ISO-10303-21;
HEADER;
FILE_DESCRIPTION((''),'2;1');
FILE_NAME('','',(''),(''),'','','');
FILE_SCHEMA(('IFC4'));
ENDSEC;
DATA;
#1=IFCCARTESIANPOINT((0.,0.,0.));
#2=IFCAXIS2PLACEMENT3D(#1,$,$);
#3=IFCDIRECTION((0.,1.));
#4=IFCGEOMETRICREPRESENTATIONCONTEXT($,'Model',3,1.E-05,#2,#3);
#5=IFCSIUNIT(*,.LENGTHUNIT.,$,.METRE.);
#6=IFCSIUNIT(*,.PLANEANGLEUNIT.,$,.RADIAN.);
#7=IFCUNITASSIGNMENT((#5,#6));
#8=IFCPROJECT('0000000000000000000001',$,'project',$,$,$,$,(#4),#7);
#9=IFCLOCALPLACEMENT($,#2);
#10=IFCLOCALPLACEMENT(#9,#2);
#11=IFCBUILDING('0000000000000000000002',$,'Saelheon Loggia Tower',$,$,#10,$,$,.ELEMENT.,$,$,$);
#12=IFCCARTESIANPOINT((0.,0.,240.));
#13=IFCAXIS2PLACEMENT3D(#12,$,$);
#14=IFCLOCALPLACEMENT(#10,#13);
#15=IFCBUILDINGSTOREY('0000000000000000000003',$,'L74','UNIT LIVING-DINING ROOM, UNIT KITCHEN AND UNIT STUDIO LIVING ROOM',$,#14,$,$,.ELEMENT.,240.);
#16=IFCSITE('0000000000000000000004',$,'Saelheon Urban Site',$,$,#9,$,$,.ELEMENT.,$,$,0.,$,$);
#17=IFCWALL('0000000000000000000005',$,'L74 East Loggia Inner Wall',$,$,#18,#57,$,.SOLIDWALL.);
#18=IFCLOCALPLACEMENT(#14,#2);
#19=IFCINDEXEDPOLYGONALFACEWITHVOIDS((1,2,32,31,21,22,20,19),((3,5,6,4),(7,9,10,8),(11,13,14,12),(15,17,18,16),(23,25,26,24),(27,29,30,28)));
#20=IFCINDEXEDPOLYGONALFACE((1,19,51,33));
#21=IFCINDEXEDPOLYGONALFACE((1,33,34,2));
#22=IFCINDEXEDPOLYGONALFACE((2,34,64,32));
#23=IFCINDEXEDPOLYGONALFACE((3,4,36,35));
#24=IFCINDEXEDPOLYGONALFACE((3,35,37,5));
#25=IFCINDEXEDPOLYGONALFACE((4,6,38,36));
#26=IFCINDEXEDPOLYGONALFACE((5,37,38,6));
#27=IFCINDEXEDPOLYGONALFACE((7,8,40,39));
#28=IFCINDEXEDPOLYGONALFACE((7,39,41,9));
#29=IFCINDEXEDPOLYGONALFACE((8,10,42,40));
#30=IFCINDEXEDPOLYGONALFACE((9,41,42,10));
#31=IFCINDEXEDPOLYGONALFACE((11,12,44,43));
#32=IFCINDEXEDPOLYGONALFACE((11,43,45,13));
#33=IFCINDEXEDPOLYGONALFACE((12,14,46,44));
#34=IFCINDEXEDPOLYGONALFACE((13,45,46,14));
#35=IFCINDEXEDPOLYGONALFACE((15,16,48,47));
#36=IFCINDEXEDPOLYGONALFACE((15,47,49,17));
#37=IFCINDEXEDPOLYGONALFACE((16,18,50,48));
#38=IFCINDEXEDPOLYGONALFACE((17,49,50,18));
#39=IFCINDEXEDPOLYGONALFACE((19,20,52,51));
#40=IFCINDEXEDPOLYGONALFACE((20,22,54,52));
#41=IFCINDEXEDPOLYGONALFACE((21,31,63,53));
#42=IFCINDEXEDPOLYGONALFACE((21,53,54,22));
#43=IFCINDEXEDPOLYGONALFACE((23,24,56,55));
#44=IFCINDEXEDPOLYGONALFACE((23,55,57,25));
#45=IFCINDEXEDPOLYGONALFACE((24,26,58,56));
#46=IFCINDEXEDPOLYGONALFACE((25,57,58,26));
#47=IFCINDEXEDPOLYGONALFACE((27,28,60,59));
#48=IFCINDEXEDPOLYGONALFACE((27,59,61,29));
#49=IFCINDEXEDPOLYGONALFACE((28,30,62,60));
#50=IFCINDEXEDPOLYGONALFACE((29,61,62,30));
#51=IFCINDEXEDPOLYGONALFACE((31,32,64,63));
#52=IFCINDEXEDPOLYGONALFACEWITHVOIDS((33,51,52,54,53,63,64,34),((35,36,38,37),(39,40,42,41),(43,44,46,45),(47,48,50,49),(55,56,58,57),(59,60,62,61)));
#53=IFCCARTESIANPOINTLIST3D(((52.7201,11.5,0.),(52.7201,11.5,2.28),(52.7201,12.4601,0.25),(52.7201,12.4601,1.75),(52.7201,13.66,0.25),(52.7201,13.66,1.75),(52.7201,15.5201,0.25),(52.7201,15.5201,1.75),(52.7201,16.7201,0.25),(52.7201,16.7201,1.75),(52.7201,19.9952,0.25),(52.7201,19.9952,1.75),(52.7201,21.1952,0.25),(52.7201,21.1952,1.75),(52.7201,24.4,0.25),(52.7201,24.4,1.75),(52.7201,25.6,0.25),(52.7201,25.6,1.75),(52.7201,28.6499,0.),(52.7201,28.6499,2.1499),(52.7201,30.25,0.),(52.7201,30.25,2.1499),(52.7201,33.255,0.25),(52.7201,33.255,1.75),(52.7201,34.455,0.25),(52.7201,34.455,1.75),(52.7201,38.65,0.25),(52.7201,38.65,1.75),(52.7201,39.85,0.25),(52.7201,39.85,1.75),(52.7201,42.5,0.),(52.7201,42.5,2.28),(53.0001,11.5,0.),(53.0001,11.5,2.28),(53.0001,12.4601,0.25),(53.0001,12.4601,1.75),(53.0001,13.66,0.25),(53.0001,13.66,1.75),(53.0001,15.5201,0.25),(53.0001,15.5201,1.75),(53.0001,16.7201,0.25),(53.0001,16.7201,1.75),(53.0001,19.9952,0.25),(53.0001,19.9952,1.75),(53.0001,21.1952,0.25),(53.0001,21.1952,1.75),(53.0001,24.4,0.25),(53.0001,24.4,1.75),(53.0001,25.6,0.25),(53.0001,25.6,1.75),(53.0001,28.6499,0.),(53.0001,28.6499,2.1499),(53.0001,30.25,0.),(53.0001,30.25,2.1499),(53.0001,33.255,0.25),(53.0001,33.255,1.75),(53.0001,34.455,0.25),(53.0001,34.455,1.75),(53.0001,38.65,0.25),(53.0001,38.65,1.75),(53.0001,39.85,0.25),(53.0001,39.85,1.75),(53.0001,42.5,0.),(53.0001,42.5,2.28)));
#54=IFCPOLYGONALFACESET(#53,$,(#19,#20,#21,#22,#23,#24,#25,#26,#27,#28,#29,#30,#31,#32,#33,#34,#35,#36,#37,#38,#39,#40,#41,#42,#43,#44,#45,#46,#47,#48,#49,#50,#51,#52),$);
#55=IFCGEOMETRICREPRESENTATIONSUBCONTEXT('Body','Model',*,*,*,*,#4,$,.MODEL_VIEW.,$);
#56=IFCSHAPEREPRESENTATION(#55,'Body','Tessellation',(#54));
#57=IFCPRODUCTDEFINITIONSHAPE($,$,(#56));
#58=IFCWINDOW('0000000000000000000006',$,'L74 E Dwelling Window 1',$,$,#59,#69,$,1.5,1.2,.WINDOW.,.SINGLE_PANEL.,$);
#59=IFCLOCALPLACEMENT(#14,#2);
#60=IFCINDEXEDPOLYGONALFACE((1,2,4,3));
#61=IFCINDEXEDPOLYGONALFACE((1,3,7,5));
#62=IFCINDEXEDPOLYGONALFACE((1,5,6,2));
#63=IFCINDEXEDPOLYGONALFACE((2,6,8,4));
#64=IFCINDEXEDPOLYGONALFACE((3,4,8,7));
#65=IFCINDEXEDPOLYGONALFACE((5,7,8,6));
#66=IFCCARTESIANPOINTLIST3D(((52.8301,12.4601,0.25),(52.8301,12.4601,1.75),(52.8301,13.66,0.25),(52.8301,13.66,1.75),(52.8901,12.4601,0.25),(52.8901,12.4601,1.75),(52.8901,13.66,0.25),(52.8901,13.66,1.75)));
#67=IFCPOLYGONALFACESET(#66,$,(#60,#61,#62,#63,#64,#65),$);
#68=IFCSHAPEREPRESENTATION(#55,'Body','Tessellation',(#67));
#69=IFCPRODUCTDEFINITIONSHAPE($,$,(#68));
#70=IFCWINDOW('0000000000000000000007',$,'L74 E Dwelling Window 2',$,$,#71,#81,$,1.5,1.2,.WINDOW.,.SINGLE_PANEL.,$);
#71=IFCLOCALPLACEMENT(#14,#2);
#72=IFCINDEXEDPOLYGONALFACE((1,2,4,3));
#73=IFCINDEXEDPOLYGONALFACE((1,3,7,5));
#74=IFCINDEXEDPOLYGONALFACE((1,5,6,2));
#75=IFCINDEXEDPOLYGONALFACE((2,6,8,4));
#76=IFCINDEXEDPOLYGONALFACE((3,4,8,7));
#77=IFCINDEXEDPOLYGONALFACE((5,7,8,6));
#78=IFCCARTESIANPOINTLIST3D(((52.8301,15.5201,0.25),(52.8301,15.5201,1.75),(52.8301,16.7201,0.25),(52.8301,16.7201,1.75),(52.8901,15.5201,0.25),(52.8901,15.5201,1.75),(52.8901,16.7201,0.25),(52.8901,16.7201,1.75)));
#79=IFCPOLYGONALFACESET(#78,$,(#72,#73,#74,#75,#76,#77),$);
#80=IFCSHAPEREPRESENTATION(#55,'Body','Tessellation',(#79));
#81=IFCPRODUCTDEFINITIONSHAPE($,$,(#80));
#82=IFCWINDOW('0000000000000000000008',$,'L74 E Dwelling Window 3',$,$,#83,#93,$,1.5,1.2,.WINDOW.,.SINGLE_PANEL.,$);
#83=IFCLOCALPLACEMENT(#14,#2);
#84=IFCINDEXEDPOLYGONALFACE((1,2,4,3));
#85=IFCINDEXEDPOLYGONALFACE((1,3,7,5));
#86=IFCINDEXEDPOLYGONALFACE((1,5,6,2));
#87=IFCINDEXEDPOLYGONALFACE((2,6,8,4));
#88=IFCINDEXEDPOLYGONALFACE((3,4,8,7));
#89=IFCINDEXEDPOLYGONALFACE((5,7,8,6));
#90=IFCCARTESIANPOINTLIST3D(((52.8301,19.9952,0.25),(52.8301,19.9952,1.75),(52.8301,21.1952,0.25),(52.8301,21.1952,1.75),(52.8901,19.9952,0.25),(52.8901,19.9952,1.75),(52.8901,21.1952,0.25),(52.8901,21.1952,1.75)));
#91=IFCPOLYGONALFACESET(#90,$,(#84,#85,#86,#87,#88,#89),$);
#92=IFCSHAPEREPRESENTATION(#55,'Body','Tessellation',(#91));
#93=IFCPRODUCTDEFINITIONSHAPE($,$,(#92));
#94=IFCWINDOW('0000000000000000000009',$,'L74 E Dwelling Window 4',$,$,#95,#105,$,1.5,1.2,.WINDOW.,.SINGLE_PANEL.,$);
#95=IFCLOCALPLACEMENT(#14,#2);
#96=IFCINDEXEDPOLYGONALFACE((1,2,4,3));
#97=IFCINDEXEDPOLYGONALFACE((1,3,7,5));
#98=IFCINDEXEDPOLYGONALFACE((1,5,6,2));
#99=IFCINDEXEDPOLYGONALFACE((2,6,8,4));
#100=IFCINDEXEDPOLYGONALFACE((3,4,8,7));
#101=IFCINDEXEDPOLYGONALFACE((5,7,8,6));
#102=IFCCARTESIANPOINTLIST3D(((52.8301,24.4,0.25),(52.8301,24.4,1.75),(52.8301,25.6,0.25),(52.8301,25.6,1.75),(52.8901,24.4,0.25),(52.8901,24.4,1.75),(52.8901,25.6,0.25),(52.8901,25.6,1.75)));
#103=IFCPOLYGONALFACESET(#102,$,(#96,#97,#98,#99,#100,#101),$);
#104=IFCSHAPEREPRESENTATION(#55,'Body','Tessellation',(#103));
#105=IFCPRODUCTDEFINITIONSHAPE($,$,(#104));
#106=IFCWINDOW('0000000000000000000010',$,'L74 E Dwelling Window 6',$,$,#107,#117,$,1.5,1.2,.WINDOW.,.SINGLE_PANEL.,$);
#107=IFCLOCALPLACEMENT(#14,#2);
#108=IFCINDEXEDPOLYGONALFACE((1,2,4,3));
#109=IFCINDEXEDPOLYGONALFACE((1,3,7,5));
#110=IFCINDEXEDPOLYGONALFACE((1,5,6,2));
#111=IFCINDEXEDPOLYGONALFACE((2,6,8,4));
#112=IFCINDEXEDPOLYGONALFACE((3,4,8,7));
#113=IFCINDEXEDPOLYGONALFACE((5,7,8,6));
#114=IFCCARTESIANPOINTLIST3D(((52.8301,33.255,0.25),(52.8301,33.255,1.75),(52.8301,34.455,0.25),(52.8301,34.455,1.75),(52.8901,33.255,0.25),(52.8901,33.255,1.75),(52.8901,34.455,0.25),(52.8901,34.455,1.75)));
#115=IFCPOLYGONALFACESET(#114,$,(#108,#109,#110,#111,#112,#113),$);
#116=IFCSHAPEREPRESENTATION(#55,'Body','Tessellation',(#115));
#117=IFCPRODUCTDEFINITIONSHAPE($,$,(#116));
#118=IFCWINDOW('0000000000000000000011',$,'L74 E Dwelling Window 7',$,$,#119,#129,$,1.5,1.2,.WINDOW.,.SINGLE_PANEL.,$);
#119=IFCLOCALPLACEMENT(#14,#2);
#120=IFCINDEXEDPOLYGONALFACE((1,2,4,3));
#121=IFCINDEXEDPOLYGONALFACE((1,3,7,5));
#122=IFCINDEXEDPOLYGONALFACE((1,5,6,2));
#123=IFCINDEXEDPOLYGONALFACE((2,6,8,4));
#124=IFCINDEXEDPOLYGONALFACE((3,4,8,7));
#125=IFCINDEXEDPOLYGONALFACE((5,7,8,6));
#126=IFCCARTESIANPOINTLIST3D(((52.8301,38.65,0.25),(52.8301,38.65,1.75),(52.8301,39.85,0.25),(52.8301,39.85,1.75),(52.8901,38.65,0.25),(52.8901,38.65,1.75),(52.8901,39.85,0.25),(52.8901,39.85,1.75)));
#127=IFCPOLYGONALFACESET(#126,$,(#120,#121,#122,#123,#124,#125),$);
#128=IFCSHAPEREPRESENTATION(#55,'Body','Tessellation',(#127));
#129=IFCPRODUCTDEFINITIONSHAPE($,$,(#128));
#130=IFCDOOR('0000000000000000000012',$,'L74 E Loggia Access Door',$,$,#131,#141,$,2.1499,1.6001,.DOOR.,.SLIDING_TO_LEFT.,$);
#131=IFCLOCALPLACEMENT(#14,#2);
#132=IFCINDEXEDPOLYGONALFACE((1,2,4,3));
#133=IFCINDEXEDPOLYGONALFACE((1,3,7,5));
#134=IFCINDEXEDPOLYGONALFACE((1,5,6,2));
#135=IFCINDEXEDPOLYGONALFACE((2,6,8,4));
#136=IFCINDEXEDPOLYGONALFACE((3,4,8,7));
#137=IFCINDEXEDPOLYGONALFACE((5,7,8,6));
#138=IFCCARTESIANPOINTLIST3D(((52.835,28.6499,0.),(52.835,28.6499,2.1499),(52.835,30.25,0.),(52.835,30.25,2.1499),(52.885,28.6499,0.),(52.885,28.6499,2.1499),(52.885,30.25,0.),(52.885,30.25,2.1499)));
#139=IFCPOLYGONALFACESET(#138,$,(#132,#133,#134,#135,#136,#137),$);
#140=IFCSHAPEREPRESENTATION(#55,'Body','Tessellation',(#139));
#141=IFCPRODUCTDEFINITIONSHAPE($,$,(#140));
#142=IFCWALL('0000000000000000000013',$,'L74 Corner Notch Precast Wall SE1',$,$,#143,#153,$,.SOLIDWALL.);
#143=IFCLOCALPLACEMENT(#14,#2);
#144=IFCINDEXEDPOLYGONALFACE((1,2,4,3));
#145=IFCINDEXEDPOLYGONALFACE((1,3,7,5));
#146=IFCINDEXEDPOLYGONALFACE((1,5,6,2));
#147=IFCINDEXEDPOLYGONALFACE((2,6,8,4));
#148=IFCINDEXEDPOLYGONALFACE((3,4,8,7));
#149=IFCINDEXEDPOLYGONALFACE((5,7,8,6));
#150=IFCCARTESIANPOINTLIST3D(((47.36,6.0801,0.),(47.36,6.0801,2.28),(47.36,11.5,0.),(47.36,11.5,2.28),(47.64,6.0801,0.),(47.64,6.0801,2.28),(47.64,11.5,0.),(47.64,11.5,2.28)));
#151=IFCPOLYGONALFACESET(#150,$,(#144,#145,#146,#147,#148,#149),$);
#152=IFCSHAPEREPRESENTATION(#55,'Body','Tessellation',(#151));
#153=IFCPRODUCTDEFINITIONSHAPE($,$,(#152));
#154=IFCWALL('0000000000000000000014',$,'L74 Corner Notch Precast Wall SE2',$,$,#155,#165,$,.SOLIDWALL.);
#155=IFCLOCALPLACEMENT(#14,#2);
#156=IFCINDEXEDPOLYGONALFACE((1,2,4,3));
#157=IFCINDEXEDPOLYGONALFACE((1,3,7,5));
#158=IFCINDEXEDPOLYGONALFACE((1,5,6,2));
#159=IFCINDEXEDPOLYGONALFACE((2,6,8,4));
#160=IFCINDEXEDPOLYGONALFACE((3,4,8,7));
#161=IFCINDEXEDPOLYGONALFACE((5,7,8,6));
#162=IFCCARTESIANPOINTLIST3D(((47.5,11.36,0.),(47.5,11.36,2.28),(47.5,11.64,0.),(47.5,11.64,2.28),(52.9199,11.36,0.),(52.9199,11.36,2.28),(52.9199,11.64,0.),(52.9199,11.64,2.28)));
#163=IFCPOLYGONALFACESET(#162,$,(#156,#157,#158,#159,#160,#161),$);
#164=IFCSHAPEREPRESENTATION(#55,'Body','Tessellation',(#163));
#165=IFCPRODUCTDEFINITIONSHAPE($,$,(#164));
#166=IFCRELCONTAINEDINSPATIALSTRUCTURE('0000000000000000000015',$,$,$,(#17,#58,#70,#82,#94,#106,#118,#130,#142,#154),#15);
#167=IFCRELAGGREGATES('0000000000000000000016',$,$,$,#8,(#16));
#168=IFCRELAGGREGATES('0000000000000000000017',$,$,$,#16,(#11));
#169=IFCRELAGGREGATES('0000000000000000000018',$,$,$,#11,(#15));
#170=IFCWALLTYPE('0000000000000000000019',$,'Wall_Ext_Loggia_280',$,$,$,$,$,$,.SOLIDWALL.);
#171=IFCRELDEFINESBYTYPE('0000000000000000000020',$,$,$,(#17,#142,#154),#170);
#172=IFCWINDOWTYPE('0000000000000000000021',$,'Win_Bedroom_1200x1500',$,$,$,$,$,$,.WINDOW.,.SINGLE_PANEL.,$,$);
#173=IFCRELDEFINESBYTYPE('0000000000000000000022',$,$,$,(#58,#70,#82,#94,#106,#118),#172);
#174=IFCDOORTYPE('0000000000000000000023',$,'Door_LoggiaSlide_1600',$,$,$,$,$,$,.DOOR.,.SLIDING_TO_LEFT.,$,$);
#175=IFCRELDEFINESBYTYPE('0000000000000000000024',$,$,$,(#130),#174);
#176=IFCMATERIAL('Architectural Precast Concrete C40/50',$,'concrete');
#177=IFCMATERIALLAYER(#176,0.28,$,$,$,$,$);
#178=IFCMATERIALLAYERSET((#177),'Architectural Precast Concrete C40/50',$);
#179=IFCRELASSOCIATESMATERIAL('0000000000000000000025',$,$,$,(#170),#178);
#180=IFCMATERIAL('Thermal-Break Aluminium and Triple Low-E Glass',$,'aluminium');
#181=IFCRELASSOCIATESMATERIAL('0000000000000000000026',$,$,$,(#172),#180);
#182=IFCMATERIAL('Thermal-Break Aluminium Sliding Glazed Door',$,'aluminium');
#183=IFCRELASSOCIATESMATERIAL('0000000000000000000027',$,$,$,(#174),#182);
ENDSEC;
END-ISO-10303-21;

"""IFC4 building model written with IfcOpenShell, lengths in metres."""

from ifc_helpers import new_model, si_unit, direction, frame, frame_2d, origin, place, context, subcontext, project, spatial, rectangle, extrude, source, transform, mapped, material, layer, layer_set, type_object, element, fill, save


model = new_model("IFC4")

# Units and contexts
model_context = context("Model", 3, precision=1e-05, world=origin(), true_north=direction((0.0, 1.0)))
body_context = subcontext(model_context, "Body", "Model", "MODEL_VIEW")
ifc_project = project(units=[si_unit("LENGTHUNIT", "METRE"), si_unit("PLANEANGLEUNIT", "RADIAN")], contexts=[model_context])

# Site, building, storey
site_placement = place(None, origin())
site = spatial("IfcSite", under=ifc_project, at=site_placement, Name="Saelheon Urban Site", CompositionType="ELEMENT", RefElevation=0.0)
building_placement = place(site_placement, origin())
building = spatial("IfcBuilding", under=site, at=building_placement, Name="Saelheon Loggia Tower", CompositionType="ELEMENT")
storey_placement = place(building_placement, frame((0.0, 0.0, 240.0)))
storey = spatial("IfcBuildingStorey", under=building, at=storey_placement, Name="L74", Description="UNIT LIVING-DINING ROOM, UNIT KITCHEN AND UNIT STUDIO LIVING ROOM", CompositionType="ELEMENT", Elevation=240.0)

# Wall, openings, windows, door
ifc_material_1 = material(Name="Architectural Precast Concrete C40/50", Category="concrete")
ifc_layer_1 = layer(ifc_material_1, 0.28)
ifc_layer_set_1 = layer_set([ifc_layer_1], Name="Architectural Precast Concrete C40/50")
wall_type_1 = type_object("IfcWallType", Name="Wall_Ext_Loggia_280", PredefinedType="SOLIDWALL", material=ifc_layer_set_1)
wall_1_placement = place(storey_placement, frame((52.8601, 11.5, 0.0), z_axis=(0.0, 0.0, 1.0), x_axis=(0.0, 1.0, 0.0)))
wall_1 = element("IfcWall", 1, at=wall_1_placement, inside=storey, type_object=wall_type_1, Name="L74 East Loggia Inner Wall", PredefinedType="SOLIDWALL", context=body_context, shape_type="SweptSolid", body=[
    extrude(rectangle(XDim=31.0, YDim=0.28, at=frame_2d((15.5, 0.0))), origin(), (0.0, 0.0, 1.0), 2.28),
])
opening_1_placement = place(wall_1_placement, frame((0.96, 0.0, 0.25)))
opening_1 = element("IfcOpeningElement", 2, at=opening_1_placement, cuts=wall_1, PredefinedType="OPENING", context=body_context, shape_type="SweptSolid", body=[
    extrude(rectangle(XDim=1.2, YDim=1.5, at=frame_2d((0.6001, 0.75))), frame((0.0, 0.1521, 0.0), z_axis=(0.0, -1.0, 0.0), x_axis=(1.0, 0.0, 0.0)), (0.0, 0.0, 1.0), 0.304),
])
opening_2_placement = place(wall_1_placement, frame((4.02, 0.0, 0.25)))
opening_2 = element("IfcOpeningElement", 3, at=opening_2_placement, cuts=wall_1, PredefinedType="OPENING", context=body_context, shape_type="SweptSolid", body=[
    extrude(rectangle(XDim=1.2, YDim=1.5, at=frame_2d((0.6001, 0.75))), frame((0.0, 0.1521, 0.0), z_axis=(0.0, -1.0, 0.0), x_axis=(1.0, 0.0, 0.0)), (0.0, 0.0, 1.0), 0.304),
])
opening_3_placement = place(wall_1_placement, frame((8.4951, 0.0, 0.25)))
opening_3 = element("IfcOpeningElement", 4, at=opening_3_placement, cuts=wall_1, PredefinedType="OPENING", context=body_context, shape_type="SweptSolid", body=[
    extrude(rectangle(XDim=1.2, YDim=1.5, at=frame_2d((0.6001, 0.75))), frame((0.0, 0.1521, 0.0), z_axis=(0.0, -1.0, 0.0), x_axis=(1.0, 0.0, 0.0)), (0.0, 0.0, 1.0), 0.304),
])
opening_4_placement = place(wall_1_placement, frame((12.8999, 0.0, 0.25)))
opening_4 = element("IfcOpeningElement", 5, at=opening_4_placement, cuts=wall_1, PredefinedType="OPENING", context=body_context, shape_type="SweptSolid", body=[
    extrude(rectangle(XDim=1.2, YDim=1.5, at=frame_2d((0.6001, 0.75))), frame((0.0, 0.1521, 0.0), z_axis=(0.0, -1.0, 0.0), x_axis=(1.0, 0.0, 0.0)), (0.0, 0.0, 1.0), 0.304),
])
opening_5_placement = place(wall_1_placement, frame((18.75, 0.0, 0.0), z_axis=(0.0, 0.0, 1.0), x_axis=(-1.0, 0.0, 0.0)))
opening_5 = element("IfcOpeningElement", 6, at=opening_5_placement, cuts=wall_1, PredefinedType="OPENING", context=body_context, shape_type="SweptSolid", body=[
    extrude(rectangle(XDim=1.6001, YDim=2.1499, at=frame_2d((0.8, 1.075))), frame((0.0, 0.1521, 0.0), z_axis=(0.0, -1.0, 0.0), x_axis=(1.0, 0.0, 0.0)), (0.0, 0.0, 1.0), 0.304),
])
opening_6_placement = place(wall_1_placement, frame((21.7549, 0.0, 0.25)))
opening_6 = element("IfcOpeningElement", 7, at=opening_6_placement, cuts=wall_1, PredefinedType="OPENING", context=body_context, shape_type="SweptSolid", body=[
    extrude(rectangle(XDim=1.2, YDim=1.5, at=frame_2d((0.6001, 0.75))), frame((0.0, 0.1521, 0.0), z_axis=(0.0, -1.0, 0.0), x_axis=(1.0, 0.0, 0.0)), (0.0, 0.0, 1.0), 0.304),
])
opening_7_placement = place(wall_1_placement, frame((27.1499, 0.0, 0.25)))
opening_7 = element("IfcOpeningElement", 8, at=opening_7_placement, cuts=wall_1, PredefinedType="OPENING", context=body_context, shape_type="SweptSolid", body=[
    extrude(rectangle(XDim=1.2, YDim=1.5, at=frame_2d((0.6001, 0.75))), frame((0.0, 0.1521, 0.0), z_axis=(0.0, -1.0, 0.0), x_axis=(1.0, 0.0, 0.0)), (0.0, 0.0, 1.0), 0.304),
])
ifc_material_2 = material(Name="Thermal-Break Aluminium and Triple Low-E Glass", Category="aluminium")
window_type = type_object("IfcWindowType", Name="Win_Bedroom_1200x1500", PartitioningType="SINGLE_PANEL", PredefinedType="WINDOW", material=ifc_material_2)
shared_shape_1 = source(origin(), body_context, "Body", "SweptSolid", [
    extrude(rectangle(XDim=1.2, YDim=1.5, at=frame_2d((0.6001, 0.75))), frame((0.0, 0.03, 0.0), z_axis=(0.0, -1.0, 0.0), x_axis=(1.0, 0.0, 0.0)), (0.0, 0.0, 1.0), 0.0601),
])
window_1_placement = place(opening_1_placement, origin())
window_1 = element("IfcWindow", 9, at=window_1_placement, inside=storey, type_object=window_type, Name="L74 E Dwelling Window 1", OverallHeight=1.5, OverallWidth=1.2, PartitioningType="SINGLE_PANEL", PredefinedType="WINDOW", context=body_context, shape_type="MappedRepresentation", body=[
    mapped(shared_shape_1, transform((0.0, 0.0, 0.0), scale=1.0)),
])
fill(opening_1, window_1)
window_2_placement = place(opening_2_placement, origin())
window_2 = element("IfcWindow", 10, at=window_2_placement, inside=storey, type_object=window_type, Name="L74 E Dwelling Window 2", OverallHeight=1.5, OverallWidth=1.2, PartitioningType="SINGLE_PANEL", PredefinedType="WINDOW", context=body_context, shape_type="MappedRepresentation", body=[
    mapped(shared_shape_1, transform((0.0, 0.0, 0.0), scale=1.0)),
])
fill(opening_2, window_2)
window_3_placement = place(opening_3_placement, origin())
window_3 = element("IfcWindow", 11, at=window_3_placement, inside=storey, type_object=window_type, Name="L74 E Dwelling Window 3", OverallHeight=1.5, OverallWidth=1.2, PartitioningType="SINGLE_PANEL", PredefinedType="WINDOW", context=body_context, shape_type="MappedRepresentation", body=[
    mapped(shared_shape_1, transform((0.0, 0.0, 0.0), scale=1.0)),
])
fill(opening_3, window_3)
window_4_placement = place(opening_4_placement, origin())
window_4 = element("IfcWindow", 12, at=window_4_placement, inside=storey, type_object=window_type, Name="L74 E Dwelling Window 4", OverallHeight=1.5, OverallWidth=1.2, PartitioningType="SINGLE_PANEL", PredefinedType="WINDOW", context=body_context, shape_type="MappedRepresentation", body=[
    mapped(shared_shape_1, transform((0.0, 0.0, 0.0), scale=1.0)),
])
fill(opening_4, window_4)
window_5_placement = place(opening_6_placement, origin())
window_5 = element("IfcWindow", 13, at=window_5_placement, inside=storey, type_object=window_type, Name="L74 E Dwelling Window 6", OverallHeight=1.5, OverallWidth=1.2, PartitioningType="SINGLE_PANEL", PredefinedType="WINDOW", context=body_context, shape_type="MappedRepresentation", body=[
    mapped(shared_shape_1, transform((0.0, 0.0, 0.0), scale=1.0)),
])
fill(opening_6, window_5)
window_6_placement = place(opening_7_placement, origin())
window_6 = element("IfcWindow", 14, at=window_6_placement, inside=storey, type_object=window_type, Name="L74 E Dwelling Window 7", OverallHeight=1.5, OverallWidth=1.2, PartitioningType="SINGLE_PANEL", PredefinedType="WINDOW", context=body_context, shape_type="MappedRepresentation", body=[
    mapped(shared_shape_1, transform((0.0, 0.0, 0.0), scale=1.0)),
])
fill(opening_7, window_6)
ifc_material_3 = material(Name="Thermal-Break Aluminium Sliding Glazed Door", Category="aluminium")
door_type_1 = type_object("IfcDoorType", Name="Door_LoggiaSlide_1600", OperationType="SLIDING_TO_LEFT", PredefinedType="DOOR", material=ifc_material_3)
shared_shape_2 = source(origin(), body_context, "Body", "SweptSolid", [
    extrude(rectangle(XDim=1.6001, YDim=2.1499, at=frame_2d((0.8, 1.075))), frame((0.0, 0.0249, 0.0), z_axis=(0.0, -1.0, 0.0), x_axis=(1.0, 0.0, 0.0)), (0.0, 0.0, 1.0), 0.05),
])
door_1_placement = place(opening_5_placement, origin())
door_1 = element("IfcDoor", 15, at=door_1_placement, inside=storey, type_object=door_type_1, Name="L74 E Loggia Access Door", OperationType="SLIDING_TO_LEFT", OverallHeight=2.1499, OverallWidth=1.6001, PredefinedType="DOOR", context=body_context, shape_type="MappedRepresentation", body=[
    mapped(shared_shape_2, transform((0.0, 0.0, 0.0), scale=1.0)),
])
fill(opening_5, door_1)

# Walls
for number, where, z_axis, x_axis, name in (
    (16, (47.5, 6.0801, 0.0), (0.0, 0.0, 1.0), (0.0, 1.0, 0.0), "L74 Corner Notch Precast Wall SE1"),
    (17, (47.5, 11.5, 0.0), (0.0, 0.0, 1.0), (1.0, 0.0, 0.0), "L74 Corner Notch Precast Wall SE2"),
):
    element("IfcWall", number, at=place(storey_placement, frame(where, z_axis=z_axis, x_axis=x_axis)), inside=storey, type_object=wall_type_1, Name=name, PredefinedType="SOLIDWALL", context=body_context, shape_type="SweptSolid", body=[
        extrude(rectangle(XDim=5.4199, YDim=0.28, at=frame_2d((2.71, 0.0))), origin(), (0.0, 0.0, 1.0), 2.28),
    ])

save(model, "model.ifc")
